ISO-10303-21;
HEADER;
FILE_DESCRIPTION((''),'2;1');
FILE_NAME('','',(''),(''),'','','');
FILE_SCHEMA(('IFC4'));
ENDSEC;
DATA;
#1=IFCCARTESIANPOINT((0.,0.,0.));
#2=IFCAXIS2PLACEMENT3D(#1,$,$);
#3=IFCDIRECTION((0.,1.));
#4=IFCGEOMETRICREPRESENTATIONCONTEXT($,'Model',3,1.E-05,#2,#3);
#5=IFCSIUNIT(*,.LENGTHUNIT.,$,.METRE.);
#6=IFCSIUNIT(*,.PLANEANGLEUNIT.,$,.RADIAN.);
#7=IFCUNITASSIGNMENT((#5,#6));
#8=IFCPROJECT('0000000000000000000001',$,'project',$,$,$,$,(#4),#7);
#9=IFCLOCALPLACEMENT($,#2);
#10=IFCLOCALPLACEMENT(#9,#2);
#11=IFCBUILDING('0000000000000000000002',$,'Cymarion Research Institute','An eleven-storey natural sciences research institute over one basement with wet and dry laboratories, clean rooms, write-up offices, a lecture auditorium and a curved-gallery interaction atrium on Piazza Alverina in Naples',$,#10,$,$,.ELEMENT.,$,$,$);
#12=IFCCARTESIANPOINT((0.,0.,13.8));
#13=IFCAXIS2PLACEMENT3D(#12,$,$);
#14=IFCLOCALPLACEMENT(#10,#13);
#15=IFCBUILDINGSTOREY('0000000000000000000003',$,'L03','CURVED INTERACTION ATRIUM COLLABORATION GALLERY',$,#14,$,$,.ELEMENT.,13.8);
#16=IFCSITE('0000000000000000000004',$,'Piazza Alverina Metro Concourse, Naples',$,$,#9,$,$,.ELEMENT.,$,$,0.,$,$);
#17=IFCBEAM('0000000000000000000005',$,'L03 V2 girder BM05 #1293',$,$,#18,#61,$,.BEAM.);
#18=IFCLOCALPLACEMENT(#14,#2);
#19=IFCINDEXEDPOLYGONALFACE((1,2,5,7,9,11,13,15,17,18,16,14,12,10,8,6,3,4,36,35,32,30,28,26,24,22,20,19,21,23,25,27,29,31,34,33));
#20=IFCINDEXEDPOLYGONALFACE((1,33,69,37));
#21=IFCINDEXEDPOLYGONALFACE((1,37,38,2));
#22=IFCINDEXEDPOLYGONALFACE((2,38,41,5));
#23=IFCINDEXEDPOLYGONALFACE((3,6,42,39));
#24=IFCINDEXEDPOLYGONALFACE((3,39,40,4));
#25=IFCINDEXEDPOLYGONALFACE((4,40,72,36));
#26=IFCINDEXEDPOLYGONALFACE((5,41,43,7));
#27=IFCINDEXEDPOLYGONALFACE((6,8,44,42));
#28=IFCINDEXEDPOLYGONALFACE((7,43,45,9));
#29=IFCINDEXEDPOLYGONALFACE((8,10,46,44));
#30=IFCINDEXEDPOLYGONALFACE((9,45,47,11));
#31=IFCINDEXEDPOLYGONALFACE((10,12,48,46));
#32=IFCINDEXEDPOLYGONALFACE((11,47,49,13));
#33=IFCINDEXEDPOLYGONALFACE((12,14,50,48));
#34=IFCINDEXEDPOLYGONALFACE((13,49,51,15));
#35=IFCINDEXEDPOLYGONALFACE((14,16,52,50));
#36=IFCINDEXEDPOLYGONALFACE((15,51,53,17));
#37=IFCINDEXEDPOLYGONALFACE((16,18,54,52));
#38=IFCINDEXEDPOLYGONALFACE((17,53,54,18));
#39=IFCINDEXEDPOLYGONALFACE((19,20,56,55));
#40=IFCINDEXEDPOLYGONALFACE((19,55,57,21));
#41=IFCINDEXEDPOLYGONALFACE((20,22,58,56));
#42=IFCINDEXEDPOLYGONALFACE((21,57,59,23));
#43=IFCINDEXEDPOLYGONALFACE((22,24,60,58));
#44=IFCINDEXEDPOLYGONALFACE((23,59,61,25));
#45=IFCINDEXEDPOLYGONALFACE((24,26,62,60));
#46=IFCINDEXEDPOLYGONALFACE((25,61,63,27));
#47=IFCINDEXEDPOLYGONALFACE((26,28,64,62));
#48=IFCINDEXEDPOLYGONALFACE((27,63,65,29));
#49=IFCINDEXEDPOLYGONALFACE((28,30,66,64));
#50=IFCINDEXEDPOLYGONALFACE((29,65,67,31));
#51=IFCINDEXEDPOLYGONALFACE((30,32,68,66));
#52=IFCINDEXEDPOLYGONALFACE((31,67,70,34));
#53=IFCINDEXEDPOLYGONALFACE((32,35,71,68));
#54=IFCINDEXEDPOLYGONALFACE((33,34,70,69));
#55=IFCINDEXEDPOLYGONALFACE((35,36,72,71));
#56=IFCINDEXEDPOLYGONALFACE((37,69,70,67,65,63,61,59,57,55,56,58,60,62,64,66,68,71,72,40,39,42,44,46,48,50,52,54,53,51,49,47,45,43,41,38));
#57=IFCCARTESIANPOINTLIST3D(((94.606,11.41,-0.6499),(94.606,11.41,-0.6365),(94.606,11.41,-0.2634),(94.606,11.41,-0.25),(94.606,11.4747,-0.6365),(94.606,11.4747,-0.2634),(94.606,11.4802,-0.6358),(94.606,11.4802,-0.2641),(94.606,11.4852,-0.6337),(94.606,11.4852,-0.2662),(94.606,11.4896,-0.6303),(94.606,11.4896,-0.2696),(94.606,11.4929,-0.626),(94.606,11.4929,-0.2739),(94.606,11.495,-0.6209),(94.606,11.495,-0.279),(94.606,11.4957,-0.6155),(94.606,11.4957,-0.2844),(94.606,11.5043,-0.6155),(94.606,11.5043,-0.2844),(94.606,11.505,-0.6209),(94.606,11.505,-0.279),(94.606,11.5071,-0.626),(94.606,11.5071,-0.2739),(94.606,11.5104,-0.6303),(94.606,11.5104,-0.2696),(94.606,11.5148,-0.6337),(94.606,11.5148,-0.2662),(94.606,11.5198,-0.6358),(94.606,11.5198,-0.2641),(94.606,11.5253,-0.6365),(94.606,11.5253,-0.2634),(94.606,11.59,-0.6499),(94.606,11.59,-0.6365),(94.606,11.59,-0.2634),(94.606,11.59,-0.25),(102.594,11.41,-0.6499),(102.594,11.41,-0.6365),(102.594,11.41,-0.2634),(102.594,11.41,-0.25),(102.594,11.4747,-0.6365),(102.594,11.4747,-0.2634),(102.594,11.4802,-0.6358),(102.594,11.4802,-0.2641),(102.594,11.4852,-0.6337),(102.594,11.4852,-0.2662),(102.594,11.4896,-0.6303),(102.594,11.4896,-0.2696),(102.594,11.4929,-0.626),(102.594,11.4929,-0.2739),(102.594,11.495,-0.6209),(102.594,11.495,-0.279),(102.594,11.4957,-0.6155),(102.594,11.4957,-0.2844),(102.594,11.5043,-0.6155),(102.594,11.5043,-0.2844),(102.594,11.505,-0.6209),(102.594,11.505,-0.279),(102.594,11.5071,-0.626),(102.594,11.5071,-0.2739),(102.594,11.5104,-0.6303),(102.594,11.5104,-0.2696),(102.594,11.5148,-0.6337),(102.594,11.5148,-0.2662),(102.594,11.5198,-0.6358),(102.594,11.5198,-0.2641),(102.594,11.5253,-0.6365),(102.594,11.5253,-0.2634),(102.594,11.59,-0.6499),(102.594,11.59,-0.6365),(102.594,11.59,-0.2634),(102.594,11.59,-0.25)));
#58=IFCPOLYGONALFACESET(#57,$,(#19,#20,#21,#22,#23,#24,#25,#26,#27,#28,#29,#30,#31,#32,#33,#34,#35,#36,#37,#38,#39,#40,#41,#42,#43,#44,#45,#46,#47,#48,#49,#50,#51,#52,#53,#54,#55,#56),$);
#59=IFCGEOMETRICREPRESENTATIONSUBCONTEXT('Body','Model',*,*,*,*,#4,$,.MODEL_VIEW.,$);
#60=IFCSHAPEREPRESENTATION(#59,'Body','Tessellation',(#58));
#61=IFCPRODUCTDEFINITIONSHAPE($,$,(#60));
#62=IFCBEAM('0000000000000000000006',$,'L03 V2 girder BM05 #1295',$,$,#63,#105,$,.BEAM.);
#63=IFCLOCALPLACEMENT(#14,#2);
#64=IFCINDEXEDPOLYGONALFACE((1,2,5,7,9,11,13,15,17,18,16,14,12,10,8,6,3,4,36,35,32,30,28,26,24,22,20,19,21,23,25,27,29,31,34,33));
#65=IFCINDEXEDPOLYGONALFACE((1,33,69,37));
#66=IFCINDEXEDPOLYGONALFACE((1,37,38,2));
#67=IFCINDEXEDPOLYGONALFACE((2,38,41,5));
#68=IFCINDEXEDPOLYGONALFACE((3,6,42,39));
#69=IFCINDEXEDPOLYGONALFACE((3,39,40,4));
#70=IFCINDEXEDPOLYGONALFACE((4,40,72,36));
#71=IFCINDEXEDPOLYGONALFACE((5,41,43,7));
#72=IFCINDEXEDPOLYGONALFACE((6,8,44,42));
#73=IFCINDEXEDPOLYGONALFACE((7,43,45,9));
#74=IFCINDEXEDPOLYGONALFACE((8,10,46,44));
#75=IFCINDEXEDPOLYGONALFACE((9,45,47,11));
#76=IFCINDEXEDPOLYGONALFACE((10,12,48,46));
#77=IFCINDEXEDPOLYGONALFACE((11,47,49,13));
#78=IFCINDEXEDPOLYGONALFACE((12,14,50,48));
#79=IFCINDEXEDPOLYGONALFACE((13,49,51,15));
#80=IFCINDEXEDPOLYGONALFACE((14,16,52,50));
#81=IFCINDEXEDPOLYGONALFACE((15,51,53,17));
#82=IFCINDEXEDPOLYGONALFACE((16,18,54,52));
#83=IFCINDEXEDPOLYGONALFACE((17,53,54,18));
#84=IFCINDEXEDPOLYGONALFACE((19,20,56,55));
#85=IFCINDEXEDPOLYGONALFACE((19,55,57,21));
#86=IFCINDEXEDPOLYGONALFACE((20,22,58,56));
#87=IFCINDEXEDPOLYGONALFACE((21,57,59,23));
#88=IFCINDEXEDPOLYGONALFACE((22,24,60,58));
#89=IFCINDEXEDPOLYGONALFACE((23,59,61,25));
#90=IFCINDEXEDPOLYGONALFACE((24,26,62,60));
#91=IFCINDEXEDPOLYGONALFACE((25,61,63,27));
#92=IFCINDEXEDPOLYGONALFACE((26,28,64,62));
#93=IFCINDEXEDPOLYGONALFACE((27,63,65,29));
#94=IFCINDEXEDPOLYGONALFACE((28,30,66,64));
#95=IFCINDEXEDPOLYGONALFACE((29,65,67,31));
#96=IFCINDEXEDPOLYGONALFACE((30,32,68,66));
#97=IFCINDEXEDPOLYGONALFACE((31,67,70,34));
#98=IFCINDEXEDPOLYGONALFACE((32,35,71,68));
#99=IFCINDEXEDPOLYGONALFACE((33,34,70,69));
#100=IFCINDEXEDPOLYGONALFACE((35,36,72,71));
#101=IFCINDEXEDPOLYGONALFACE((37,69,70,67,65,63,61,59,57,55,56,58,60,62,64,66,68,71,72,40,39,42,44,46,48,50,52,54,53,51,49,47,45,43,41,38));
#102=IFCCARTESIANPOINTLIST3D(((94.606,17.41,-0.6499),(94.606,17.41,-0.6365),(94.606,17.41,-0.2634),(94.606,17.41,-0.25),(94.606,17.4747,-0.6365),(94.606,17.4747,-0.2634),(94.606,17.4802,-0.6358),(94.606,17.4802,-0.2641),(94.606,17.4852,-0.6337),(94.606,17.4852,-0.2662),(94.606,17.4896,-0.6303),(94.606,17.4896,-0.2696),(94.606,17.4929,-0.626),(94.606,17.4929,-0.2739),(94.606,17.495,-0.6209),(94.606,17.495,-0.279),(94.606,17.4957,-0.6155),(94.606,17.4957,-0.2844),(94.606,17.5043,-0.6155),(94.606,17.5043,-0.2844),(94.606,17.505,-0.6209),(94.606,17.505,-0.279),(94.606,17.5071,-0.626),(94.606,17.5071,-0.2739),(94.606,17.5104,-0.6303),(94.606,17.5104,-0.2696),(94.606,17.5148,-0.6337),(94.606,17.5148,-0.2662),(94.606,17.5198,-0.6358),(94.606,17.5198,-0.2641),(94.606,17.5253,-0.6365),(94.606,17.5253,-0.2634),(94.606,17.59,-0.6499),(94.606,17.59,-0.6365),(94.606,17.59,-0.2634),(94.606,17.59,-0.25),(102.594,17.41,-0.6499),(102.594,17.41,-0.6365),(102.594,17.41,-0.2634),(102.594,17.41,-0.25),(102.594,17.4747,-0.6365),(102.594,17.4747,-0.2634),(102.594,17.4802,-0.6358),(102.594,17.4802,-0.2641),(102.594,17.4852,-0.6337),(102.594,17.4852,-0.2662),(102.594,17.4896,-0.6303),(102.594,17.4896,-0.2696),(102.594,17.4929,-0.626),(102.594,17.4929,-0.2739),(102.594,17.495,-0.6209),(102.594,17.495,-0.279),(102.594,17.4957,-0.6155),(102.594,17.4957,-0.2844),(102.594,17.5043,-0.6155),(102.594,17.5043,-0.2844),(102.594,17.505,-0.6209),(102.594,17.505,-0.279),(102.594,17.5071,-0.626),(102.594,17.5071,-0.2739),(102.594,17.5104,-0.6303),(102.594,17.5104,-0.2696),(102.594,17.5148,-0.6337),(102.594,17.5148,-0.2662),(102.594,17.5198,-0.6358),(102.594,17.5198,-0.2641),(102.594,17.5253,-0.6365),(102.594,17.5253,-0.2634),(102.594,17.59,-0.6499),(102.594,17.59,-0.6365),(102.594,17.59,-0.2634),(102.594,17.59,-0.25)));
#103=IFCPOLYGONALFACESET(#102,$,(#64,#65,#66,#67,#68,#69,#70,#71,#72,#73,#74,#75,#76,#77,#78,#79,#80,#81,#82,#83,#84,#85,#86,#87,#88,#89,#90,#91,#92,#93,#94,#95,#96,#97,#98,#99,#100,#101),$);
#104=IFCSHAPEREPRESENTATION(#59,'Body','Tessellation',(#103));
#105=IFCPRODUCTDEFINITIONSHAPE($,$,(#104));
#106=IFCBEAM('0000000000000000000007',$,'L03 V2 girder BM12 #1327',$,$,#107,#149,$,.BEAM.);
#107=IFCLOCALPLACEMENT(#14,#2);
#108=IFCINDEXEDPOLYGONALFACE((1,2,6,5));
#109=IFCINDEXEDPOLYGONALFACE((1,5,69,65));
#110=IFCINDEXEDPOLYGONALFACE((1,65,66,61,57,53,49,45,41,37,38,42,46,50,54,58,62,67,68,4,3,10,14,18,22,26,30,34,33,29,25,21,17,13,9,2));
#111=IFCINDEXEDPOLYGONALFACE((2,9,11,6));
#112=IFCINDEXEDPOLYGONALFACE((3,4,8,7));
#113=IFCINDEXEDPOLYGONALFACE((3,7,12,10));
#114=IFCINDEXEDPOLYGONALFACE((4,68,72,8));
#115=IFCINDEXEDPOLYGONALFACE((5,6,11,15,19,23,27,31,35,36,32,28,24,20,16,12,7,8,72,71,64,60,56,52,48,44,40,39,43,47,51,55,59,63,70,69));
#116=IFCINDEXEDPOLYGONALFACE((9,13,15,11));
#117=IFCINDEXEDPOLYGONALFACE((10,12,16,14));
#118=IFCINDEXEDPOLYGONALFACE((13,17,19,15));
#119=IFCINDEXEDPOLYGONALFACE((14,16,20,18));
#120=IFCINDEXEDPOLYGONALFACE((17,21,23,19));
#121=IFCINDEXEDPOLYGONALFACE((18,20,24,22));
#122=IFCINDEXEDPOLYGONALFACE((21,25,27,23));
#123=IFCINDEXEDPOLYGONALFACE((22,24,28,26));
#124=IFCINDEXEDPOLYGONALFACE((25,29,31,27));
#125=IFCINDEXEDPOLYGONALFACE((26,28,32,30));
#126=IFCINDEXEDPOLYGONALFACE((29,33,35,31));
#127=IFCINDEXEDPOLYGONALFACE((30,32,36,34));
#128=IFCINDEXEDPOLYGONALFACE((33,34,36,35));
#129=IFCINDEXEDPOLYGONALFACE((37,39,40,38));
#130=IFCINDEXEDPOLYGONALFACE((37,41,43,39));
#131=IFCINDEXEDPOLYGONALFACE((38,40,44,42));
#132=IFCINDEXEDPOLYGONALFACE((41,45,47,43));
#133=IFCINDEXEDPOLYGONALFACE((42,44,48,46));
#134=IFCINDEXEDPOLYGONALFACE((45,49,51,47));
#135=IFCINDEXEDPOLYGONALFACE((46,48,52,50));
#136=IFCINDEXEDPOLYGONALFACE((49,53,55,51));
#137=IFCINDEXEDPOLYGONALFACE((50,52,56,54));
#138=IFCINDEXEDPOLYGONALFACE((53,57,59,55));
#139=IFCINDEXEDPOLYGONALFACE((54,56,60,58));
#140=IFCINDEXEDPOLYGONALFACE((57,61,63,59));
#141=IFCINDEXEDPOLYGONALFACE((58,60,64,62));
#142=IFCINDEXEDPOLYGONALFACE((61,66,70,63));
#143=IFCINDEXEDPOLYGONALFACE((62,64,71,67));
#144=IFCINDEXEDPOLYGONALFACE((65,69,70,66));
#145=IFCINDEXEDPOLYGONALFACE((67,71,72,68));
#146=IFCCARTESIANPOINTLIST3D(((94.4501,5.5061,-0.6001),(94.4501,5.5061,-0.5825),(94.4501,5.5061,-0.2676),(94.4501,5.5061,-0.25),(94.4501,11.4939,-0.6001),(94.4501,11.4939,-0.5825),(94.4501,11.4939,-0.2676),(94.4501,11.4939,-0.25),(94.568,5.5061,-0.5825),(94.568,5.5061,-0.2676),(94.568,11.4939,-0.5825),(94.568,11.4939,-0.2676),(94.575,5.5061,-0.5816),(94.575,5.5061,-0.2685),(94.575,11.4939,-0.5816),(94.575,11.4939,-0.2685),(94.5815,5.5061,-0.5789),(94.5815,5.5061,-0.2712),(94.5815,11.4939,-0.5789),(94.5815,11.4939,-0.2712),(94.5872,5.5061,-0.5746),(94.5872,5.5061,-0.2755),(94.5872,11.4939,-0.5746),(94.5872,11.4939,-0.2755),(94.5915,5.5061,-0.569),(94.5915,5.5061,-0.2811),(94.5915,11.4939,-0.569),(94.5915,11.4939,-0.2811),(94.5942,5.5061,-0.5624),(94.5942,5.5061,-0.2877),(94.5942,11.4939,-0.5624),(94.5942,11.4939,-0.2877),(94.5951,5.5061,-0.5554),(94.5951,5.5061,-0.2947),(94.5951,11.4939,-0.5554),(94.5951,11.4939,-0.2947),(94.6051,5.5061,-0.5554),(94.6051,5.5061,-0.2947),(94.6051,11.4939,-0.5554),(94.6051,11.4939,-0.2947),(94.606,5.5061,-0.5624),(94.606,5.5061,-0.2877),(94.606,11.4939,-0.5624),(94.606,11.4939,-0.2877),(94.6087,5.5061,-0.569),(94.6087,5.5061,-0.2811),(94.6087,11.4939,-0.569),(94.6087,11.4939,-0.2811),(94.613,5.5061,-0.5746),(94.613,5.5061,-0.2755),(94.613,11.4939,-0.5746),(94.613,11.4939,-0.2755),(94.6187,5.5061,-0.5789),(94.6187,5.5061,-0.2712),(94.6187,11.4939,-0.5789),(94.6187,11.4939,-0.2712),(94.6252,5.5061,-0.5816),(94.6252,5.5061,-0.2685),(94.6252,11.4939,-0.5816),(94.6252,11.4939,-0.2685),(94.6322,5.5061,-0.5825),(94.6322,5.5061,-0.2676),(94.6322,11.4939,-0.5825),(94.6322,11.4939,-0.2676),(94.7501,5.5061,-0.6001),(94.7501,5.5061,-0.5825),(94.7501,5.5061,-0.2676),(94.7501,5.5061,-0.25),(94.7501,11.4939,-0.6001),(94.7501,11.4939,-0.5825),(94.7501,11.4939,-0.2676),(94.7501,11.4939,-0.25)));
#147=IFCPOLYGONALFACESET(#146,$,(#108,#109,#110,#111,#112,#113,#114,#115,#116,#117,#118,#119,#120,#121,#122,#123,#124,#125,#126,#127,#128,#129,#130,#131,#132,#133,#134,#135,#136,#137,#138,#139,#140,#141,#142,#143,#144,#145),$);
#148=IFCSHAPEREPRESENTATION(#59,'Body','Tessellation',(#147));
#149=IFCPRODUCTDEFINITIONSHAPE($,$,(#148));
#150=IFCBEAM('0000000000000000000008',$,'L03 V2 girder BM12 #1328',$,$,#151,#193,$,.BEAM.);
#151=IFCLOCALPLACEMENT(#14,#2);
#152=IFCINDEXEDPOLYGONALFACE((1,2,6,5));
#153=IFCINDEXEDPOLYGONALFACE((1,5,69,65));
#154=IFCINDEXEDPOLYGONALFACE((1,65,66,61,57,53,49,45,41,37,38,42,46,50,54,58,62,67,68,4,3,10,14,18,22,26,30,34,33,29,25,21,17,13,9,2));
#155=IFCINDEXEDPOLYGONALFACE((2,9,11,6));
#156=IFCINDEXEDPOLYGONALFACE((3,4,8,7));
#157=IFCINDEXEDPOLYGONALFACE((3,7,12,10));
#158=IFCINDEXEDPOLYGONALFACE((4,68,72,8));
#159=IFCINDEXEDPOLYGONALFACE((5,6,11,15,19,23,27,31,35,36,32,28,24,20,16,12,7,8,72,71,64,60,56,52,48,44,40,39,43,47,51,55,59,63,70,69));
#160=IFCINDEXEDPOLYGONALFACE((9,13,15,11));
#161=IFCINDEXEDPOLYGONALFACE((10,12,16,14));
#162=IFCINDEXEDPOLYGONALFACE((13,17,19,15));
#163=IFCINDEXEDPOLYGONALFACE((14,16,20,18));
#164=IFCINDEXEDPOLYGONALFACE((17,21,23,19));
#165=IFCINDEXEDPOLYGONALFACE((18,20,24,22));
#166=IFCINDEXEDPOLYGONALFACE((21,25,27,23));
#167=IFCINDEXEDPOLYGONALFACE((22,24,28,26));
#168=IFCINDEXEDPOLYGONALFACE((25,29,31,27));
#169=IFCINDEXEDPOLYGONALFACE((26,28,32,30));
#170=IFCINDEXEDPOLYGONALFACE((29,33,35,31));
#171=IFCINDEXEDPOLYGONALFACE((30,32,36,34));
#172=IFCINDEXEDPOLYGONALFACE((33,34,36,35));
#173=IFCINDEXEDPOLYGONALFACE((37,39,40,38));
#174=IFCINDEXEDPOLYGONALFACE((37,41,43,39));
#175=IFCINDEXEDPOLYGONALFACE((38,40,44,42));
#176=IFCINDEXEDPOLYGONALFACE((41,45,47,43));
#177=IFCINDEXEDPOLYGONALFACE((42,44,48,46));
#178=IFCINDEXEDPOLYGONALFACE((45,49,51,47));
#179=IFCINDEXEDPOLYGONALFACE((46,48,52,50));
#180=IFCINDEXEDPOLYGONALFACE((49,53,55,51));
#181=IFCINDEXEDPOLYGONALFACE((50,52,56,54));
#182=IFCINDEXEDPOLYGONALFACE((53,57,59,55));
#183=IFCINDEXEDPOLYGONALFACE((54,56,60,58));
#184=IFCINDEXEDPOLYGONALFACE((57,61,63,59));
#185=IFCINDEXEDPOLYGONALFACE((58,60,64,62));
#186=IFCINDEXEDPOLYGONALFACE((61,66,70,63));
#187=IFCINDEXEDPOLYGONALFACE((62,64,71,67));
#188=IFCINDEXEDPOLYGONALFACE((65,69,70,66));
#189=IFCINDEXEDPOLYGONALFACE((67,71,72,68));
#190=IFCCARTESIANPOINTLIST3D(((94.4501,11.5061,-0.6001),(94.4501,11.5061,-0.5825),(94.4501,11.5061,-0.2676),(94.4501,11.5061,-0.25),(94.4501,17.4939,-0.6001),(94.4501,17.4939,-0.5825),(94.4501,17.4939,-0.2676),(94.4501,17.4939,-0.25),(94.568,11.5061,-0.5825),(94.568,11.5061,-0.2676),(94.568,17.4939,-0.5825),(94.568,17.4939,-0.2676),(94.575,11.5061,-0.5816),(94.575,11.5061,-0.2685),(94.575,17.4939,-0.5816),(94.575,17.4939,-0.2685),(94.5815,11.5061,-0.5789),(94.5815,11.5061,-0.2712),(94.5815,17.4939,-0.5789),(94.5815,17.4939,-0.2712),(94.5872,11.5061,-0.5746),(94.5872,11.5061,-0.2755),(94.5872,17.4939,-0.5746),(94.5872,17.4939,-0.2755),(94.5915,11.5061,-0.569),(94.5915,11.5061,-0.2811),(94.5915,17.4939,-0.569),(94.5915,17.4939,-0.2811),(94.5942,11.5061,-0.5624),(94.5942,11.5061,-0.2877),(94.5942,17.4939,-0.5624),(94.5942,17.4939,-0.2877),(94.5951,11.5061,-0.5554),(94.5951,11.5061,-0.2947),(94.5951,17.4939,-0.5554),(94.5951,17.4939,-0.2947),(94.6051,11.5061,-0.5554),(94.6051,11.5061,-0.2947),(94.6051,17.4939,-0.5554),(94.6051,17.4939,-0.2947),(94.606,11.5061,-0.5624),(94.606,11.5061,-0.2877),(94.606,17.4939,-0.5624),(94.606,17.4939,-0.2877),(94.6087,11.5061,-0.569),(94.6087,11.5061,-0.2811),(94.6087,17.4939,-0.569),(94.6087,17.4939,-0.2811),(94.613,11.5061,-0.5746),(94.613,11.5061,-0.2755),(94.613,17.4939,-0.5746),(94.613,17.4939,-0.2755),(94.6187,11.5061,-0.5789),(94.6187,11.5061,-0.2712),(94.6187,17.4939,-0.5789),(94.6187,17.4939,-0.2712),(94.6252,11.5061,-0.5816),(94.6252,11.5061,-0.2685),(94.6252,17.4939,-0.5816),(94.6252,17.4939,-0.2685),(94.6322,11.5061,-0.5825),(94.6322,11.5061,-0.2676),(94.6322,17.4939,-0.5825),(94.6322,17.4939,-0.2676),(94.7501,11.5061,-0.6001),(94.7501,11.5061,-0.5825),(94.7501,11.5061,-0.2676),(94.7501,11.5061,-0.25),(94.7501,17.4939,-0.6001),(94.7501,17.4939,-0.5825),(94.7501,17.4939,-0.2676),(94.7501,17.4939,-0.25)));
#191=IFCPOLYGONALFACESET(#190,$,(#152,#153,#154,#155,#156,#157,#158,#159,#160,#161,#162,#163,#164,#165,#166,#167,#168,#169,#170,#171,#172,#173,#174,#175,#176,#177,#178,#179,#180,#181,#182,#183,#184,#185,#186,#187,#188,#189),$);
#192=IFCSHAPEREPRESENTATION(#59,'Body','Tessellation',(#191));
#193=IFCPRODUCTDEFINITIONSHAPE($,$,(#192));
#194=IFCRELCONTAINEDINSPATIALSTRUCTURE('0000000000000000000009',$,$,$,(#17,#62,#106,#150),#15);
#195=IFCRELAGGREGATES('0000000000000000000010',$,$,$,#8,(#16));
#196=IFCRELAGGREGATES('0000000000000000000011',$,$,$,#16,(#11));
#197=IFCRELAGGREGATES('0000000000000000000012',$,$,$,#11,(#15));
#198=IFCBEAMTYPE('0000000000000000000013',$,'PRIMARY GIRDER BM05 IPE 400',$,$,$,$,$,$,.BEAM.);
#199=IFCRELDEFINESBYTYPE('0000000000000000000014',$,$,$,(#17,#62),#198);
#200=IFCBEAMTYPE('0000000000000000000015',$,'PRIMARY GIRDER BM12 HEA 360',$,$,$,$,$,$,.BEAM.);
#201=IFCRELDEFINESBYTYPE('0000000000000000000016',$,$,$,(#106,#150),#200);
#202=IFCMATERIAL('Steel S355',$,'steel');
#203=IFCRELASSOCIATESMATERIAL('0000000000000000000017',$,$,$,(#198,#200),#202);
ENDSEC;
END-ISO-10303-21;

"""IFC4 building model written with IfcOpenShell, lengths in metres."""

from ifc_helpers import new_model, si_unit, direction, frame, origin, origin_2d, place, context, subcontext, project, spatial, i_section, extrude, material, material_profile, profile_set, type_object, element, save


model = new_model("IFC4")

# Units and contexts
model_context = context("Model", 3, precision=1e-05, world=origin(), true_north=direction((0.0, 1.0)))
body_context = subcontext(model_context, "Body", "Model", "MODEL_VIEW")
ifc_project = project(units=[si_unit("LENGTHUNIT", "METRE"), si_unit("PLANEANGLEUNIT", "RADIAN")], contexts=[model_context])

# Site, building, storey
site_placement = place(None, origin())
site = spatial("IfcSite", under=ifc_project, at=site_placement, Name="Piazza Alverina Metro Concourse, Naples", CompositionType="ELEMENT", RefElevation=0.0)
building_placement = place(site_placement, origin())
building = spatial("IfcBuilding", under=site, at=building_placement, Name="Cymarion Research Institute", Description="An eleven-storey natural sciences research institute over one basement with wet and dry laboratories, clean rooms, write-up offices, a lecture auditorium and a curved-gallery interaction atrium on Piazza Alverina in Naples", CompositionType="ELEMENT")
storey_placement = place(building_placement, frame((0.0, 0.0, 13.8)))
storey = spatial("IfcBuildingStorey", under=building, at=storey_placement, Name="L03", Description="CURVED INTERACTION ATRIUM COLLABORATION GALLERY", CompositionType="ELEMENT", Elevation=13.8)

# Shared definitions
ifc_material_1 = material(Name="Steel S355", Category="steel")

# Beams
ifc_material_profile_1 = material_profile(ifc_material_1, i_section(OverallWidth=0.1799, OverallDepth=0.3999, WebThickness=0.0085, FlangeThickness=0.0134, FilletRadius=0.021, at=origin_2d()), Name="IPE 400")
ifc_profile_set_1 = profile_set([ifc_material_profile_1], Name="Steel S355")
beam_type_1 = type_object("IfcBeamType", Name="PRIMARY GIRDER BM05 IPE 400", PredefinedType="BEAM", material=ifc_profile_set_1)
for number, where, z_axis, x_axis, name in (
    (1, (94.606, 11.5, -0.45), (1.0, 0.0, 0.0), (0.0, 1.0, 0.0), "L03 V2 girder BM05 #1293"),
    (2, (94.606, 17.5, -0.45), (1.0, 0.0, 0.0), (0.0, 1.0, 0.0), "L03 V2 girder BM05 #1295"),
):
    element("IfcBeam", number, at=place(storey_placement, frame(where, z_axis=z_axis, x_axis=x_axis)), inside=storey, type_object=beam_type_1, Name=name, PredefinedType="BEAM", context=body_context, shape_type="SweptSolid", body=[
        extrude(i_section(OverallWidth=0.1799, OverallDepth=0.3999, WebThickness=0.0085, FlangeThickness=0.0134, FilletRadius=0.021, at=origin_2d()), origin(), (0.0, 0.0, 1.0), 7.988),
    ])
ifc_material_profile_2 = material_profile(ifc_material_1, i_section(OverallWidth=0.3, OverallDepth=0.3501, WebThickness=0.01, FlangeThickness=0.0176, FilletRadius=0.0271, at=origin_2d()), Name="HEA 360")
ifc_profile_set_2 = profile_set([ifc_material_profile_2], Name="Steel S355")
beam_type_2 = type_object("IfcBeamType", Name="PRIMARY GIRDER BM12 HEA 360", PredefinedType="BEAM", material=ifc_profile_set_2)
for number, where, z_axis, x_axis, name in (
    (3, (94.6001, 5.5061, -0.425), (0.0, 1.0, 0.0), (-1.0, 0.0, 0.0), "L03 V2 girder BM12 #1327"),
    (4, (94.6001, 11.5061, -0.425), (0.0, 1.0, 0.0), (-1.0, 0.0, 0.0), "L03 V2 girder BM12 #1328"),
):
    element("IfcBeam", number, at=place(storey_placement, frame(where, z_axis=z_axis, x_axis=x_axis)), inside=storey, type_object=beam_type_2, Name=name, PredefinedType="BEAM", context=body_context, shape_type="SweptSolid", body=[
        extrude(i_section(OverallWidth=0.3, OverallDepth=0.3501, WebThickness=0.01, FlangeThickness=0.0176, FilletRadius=0.0271, at=origin_2d()), origin(), (0.0, 0.0, 1.0), 5.9878),
    ])

save(model, "model.ifc")
